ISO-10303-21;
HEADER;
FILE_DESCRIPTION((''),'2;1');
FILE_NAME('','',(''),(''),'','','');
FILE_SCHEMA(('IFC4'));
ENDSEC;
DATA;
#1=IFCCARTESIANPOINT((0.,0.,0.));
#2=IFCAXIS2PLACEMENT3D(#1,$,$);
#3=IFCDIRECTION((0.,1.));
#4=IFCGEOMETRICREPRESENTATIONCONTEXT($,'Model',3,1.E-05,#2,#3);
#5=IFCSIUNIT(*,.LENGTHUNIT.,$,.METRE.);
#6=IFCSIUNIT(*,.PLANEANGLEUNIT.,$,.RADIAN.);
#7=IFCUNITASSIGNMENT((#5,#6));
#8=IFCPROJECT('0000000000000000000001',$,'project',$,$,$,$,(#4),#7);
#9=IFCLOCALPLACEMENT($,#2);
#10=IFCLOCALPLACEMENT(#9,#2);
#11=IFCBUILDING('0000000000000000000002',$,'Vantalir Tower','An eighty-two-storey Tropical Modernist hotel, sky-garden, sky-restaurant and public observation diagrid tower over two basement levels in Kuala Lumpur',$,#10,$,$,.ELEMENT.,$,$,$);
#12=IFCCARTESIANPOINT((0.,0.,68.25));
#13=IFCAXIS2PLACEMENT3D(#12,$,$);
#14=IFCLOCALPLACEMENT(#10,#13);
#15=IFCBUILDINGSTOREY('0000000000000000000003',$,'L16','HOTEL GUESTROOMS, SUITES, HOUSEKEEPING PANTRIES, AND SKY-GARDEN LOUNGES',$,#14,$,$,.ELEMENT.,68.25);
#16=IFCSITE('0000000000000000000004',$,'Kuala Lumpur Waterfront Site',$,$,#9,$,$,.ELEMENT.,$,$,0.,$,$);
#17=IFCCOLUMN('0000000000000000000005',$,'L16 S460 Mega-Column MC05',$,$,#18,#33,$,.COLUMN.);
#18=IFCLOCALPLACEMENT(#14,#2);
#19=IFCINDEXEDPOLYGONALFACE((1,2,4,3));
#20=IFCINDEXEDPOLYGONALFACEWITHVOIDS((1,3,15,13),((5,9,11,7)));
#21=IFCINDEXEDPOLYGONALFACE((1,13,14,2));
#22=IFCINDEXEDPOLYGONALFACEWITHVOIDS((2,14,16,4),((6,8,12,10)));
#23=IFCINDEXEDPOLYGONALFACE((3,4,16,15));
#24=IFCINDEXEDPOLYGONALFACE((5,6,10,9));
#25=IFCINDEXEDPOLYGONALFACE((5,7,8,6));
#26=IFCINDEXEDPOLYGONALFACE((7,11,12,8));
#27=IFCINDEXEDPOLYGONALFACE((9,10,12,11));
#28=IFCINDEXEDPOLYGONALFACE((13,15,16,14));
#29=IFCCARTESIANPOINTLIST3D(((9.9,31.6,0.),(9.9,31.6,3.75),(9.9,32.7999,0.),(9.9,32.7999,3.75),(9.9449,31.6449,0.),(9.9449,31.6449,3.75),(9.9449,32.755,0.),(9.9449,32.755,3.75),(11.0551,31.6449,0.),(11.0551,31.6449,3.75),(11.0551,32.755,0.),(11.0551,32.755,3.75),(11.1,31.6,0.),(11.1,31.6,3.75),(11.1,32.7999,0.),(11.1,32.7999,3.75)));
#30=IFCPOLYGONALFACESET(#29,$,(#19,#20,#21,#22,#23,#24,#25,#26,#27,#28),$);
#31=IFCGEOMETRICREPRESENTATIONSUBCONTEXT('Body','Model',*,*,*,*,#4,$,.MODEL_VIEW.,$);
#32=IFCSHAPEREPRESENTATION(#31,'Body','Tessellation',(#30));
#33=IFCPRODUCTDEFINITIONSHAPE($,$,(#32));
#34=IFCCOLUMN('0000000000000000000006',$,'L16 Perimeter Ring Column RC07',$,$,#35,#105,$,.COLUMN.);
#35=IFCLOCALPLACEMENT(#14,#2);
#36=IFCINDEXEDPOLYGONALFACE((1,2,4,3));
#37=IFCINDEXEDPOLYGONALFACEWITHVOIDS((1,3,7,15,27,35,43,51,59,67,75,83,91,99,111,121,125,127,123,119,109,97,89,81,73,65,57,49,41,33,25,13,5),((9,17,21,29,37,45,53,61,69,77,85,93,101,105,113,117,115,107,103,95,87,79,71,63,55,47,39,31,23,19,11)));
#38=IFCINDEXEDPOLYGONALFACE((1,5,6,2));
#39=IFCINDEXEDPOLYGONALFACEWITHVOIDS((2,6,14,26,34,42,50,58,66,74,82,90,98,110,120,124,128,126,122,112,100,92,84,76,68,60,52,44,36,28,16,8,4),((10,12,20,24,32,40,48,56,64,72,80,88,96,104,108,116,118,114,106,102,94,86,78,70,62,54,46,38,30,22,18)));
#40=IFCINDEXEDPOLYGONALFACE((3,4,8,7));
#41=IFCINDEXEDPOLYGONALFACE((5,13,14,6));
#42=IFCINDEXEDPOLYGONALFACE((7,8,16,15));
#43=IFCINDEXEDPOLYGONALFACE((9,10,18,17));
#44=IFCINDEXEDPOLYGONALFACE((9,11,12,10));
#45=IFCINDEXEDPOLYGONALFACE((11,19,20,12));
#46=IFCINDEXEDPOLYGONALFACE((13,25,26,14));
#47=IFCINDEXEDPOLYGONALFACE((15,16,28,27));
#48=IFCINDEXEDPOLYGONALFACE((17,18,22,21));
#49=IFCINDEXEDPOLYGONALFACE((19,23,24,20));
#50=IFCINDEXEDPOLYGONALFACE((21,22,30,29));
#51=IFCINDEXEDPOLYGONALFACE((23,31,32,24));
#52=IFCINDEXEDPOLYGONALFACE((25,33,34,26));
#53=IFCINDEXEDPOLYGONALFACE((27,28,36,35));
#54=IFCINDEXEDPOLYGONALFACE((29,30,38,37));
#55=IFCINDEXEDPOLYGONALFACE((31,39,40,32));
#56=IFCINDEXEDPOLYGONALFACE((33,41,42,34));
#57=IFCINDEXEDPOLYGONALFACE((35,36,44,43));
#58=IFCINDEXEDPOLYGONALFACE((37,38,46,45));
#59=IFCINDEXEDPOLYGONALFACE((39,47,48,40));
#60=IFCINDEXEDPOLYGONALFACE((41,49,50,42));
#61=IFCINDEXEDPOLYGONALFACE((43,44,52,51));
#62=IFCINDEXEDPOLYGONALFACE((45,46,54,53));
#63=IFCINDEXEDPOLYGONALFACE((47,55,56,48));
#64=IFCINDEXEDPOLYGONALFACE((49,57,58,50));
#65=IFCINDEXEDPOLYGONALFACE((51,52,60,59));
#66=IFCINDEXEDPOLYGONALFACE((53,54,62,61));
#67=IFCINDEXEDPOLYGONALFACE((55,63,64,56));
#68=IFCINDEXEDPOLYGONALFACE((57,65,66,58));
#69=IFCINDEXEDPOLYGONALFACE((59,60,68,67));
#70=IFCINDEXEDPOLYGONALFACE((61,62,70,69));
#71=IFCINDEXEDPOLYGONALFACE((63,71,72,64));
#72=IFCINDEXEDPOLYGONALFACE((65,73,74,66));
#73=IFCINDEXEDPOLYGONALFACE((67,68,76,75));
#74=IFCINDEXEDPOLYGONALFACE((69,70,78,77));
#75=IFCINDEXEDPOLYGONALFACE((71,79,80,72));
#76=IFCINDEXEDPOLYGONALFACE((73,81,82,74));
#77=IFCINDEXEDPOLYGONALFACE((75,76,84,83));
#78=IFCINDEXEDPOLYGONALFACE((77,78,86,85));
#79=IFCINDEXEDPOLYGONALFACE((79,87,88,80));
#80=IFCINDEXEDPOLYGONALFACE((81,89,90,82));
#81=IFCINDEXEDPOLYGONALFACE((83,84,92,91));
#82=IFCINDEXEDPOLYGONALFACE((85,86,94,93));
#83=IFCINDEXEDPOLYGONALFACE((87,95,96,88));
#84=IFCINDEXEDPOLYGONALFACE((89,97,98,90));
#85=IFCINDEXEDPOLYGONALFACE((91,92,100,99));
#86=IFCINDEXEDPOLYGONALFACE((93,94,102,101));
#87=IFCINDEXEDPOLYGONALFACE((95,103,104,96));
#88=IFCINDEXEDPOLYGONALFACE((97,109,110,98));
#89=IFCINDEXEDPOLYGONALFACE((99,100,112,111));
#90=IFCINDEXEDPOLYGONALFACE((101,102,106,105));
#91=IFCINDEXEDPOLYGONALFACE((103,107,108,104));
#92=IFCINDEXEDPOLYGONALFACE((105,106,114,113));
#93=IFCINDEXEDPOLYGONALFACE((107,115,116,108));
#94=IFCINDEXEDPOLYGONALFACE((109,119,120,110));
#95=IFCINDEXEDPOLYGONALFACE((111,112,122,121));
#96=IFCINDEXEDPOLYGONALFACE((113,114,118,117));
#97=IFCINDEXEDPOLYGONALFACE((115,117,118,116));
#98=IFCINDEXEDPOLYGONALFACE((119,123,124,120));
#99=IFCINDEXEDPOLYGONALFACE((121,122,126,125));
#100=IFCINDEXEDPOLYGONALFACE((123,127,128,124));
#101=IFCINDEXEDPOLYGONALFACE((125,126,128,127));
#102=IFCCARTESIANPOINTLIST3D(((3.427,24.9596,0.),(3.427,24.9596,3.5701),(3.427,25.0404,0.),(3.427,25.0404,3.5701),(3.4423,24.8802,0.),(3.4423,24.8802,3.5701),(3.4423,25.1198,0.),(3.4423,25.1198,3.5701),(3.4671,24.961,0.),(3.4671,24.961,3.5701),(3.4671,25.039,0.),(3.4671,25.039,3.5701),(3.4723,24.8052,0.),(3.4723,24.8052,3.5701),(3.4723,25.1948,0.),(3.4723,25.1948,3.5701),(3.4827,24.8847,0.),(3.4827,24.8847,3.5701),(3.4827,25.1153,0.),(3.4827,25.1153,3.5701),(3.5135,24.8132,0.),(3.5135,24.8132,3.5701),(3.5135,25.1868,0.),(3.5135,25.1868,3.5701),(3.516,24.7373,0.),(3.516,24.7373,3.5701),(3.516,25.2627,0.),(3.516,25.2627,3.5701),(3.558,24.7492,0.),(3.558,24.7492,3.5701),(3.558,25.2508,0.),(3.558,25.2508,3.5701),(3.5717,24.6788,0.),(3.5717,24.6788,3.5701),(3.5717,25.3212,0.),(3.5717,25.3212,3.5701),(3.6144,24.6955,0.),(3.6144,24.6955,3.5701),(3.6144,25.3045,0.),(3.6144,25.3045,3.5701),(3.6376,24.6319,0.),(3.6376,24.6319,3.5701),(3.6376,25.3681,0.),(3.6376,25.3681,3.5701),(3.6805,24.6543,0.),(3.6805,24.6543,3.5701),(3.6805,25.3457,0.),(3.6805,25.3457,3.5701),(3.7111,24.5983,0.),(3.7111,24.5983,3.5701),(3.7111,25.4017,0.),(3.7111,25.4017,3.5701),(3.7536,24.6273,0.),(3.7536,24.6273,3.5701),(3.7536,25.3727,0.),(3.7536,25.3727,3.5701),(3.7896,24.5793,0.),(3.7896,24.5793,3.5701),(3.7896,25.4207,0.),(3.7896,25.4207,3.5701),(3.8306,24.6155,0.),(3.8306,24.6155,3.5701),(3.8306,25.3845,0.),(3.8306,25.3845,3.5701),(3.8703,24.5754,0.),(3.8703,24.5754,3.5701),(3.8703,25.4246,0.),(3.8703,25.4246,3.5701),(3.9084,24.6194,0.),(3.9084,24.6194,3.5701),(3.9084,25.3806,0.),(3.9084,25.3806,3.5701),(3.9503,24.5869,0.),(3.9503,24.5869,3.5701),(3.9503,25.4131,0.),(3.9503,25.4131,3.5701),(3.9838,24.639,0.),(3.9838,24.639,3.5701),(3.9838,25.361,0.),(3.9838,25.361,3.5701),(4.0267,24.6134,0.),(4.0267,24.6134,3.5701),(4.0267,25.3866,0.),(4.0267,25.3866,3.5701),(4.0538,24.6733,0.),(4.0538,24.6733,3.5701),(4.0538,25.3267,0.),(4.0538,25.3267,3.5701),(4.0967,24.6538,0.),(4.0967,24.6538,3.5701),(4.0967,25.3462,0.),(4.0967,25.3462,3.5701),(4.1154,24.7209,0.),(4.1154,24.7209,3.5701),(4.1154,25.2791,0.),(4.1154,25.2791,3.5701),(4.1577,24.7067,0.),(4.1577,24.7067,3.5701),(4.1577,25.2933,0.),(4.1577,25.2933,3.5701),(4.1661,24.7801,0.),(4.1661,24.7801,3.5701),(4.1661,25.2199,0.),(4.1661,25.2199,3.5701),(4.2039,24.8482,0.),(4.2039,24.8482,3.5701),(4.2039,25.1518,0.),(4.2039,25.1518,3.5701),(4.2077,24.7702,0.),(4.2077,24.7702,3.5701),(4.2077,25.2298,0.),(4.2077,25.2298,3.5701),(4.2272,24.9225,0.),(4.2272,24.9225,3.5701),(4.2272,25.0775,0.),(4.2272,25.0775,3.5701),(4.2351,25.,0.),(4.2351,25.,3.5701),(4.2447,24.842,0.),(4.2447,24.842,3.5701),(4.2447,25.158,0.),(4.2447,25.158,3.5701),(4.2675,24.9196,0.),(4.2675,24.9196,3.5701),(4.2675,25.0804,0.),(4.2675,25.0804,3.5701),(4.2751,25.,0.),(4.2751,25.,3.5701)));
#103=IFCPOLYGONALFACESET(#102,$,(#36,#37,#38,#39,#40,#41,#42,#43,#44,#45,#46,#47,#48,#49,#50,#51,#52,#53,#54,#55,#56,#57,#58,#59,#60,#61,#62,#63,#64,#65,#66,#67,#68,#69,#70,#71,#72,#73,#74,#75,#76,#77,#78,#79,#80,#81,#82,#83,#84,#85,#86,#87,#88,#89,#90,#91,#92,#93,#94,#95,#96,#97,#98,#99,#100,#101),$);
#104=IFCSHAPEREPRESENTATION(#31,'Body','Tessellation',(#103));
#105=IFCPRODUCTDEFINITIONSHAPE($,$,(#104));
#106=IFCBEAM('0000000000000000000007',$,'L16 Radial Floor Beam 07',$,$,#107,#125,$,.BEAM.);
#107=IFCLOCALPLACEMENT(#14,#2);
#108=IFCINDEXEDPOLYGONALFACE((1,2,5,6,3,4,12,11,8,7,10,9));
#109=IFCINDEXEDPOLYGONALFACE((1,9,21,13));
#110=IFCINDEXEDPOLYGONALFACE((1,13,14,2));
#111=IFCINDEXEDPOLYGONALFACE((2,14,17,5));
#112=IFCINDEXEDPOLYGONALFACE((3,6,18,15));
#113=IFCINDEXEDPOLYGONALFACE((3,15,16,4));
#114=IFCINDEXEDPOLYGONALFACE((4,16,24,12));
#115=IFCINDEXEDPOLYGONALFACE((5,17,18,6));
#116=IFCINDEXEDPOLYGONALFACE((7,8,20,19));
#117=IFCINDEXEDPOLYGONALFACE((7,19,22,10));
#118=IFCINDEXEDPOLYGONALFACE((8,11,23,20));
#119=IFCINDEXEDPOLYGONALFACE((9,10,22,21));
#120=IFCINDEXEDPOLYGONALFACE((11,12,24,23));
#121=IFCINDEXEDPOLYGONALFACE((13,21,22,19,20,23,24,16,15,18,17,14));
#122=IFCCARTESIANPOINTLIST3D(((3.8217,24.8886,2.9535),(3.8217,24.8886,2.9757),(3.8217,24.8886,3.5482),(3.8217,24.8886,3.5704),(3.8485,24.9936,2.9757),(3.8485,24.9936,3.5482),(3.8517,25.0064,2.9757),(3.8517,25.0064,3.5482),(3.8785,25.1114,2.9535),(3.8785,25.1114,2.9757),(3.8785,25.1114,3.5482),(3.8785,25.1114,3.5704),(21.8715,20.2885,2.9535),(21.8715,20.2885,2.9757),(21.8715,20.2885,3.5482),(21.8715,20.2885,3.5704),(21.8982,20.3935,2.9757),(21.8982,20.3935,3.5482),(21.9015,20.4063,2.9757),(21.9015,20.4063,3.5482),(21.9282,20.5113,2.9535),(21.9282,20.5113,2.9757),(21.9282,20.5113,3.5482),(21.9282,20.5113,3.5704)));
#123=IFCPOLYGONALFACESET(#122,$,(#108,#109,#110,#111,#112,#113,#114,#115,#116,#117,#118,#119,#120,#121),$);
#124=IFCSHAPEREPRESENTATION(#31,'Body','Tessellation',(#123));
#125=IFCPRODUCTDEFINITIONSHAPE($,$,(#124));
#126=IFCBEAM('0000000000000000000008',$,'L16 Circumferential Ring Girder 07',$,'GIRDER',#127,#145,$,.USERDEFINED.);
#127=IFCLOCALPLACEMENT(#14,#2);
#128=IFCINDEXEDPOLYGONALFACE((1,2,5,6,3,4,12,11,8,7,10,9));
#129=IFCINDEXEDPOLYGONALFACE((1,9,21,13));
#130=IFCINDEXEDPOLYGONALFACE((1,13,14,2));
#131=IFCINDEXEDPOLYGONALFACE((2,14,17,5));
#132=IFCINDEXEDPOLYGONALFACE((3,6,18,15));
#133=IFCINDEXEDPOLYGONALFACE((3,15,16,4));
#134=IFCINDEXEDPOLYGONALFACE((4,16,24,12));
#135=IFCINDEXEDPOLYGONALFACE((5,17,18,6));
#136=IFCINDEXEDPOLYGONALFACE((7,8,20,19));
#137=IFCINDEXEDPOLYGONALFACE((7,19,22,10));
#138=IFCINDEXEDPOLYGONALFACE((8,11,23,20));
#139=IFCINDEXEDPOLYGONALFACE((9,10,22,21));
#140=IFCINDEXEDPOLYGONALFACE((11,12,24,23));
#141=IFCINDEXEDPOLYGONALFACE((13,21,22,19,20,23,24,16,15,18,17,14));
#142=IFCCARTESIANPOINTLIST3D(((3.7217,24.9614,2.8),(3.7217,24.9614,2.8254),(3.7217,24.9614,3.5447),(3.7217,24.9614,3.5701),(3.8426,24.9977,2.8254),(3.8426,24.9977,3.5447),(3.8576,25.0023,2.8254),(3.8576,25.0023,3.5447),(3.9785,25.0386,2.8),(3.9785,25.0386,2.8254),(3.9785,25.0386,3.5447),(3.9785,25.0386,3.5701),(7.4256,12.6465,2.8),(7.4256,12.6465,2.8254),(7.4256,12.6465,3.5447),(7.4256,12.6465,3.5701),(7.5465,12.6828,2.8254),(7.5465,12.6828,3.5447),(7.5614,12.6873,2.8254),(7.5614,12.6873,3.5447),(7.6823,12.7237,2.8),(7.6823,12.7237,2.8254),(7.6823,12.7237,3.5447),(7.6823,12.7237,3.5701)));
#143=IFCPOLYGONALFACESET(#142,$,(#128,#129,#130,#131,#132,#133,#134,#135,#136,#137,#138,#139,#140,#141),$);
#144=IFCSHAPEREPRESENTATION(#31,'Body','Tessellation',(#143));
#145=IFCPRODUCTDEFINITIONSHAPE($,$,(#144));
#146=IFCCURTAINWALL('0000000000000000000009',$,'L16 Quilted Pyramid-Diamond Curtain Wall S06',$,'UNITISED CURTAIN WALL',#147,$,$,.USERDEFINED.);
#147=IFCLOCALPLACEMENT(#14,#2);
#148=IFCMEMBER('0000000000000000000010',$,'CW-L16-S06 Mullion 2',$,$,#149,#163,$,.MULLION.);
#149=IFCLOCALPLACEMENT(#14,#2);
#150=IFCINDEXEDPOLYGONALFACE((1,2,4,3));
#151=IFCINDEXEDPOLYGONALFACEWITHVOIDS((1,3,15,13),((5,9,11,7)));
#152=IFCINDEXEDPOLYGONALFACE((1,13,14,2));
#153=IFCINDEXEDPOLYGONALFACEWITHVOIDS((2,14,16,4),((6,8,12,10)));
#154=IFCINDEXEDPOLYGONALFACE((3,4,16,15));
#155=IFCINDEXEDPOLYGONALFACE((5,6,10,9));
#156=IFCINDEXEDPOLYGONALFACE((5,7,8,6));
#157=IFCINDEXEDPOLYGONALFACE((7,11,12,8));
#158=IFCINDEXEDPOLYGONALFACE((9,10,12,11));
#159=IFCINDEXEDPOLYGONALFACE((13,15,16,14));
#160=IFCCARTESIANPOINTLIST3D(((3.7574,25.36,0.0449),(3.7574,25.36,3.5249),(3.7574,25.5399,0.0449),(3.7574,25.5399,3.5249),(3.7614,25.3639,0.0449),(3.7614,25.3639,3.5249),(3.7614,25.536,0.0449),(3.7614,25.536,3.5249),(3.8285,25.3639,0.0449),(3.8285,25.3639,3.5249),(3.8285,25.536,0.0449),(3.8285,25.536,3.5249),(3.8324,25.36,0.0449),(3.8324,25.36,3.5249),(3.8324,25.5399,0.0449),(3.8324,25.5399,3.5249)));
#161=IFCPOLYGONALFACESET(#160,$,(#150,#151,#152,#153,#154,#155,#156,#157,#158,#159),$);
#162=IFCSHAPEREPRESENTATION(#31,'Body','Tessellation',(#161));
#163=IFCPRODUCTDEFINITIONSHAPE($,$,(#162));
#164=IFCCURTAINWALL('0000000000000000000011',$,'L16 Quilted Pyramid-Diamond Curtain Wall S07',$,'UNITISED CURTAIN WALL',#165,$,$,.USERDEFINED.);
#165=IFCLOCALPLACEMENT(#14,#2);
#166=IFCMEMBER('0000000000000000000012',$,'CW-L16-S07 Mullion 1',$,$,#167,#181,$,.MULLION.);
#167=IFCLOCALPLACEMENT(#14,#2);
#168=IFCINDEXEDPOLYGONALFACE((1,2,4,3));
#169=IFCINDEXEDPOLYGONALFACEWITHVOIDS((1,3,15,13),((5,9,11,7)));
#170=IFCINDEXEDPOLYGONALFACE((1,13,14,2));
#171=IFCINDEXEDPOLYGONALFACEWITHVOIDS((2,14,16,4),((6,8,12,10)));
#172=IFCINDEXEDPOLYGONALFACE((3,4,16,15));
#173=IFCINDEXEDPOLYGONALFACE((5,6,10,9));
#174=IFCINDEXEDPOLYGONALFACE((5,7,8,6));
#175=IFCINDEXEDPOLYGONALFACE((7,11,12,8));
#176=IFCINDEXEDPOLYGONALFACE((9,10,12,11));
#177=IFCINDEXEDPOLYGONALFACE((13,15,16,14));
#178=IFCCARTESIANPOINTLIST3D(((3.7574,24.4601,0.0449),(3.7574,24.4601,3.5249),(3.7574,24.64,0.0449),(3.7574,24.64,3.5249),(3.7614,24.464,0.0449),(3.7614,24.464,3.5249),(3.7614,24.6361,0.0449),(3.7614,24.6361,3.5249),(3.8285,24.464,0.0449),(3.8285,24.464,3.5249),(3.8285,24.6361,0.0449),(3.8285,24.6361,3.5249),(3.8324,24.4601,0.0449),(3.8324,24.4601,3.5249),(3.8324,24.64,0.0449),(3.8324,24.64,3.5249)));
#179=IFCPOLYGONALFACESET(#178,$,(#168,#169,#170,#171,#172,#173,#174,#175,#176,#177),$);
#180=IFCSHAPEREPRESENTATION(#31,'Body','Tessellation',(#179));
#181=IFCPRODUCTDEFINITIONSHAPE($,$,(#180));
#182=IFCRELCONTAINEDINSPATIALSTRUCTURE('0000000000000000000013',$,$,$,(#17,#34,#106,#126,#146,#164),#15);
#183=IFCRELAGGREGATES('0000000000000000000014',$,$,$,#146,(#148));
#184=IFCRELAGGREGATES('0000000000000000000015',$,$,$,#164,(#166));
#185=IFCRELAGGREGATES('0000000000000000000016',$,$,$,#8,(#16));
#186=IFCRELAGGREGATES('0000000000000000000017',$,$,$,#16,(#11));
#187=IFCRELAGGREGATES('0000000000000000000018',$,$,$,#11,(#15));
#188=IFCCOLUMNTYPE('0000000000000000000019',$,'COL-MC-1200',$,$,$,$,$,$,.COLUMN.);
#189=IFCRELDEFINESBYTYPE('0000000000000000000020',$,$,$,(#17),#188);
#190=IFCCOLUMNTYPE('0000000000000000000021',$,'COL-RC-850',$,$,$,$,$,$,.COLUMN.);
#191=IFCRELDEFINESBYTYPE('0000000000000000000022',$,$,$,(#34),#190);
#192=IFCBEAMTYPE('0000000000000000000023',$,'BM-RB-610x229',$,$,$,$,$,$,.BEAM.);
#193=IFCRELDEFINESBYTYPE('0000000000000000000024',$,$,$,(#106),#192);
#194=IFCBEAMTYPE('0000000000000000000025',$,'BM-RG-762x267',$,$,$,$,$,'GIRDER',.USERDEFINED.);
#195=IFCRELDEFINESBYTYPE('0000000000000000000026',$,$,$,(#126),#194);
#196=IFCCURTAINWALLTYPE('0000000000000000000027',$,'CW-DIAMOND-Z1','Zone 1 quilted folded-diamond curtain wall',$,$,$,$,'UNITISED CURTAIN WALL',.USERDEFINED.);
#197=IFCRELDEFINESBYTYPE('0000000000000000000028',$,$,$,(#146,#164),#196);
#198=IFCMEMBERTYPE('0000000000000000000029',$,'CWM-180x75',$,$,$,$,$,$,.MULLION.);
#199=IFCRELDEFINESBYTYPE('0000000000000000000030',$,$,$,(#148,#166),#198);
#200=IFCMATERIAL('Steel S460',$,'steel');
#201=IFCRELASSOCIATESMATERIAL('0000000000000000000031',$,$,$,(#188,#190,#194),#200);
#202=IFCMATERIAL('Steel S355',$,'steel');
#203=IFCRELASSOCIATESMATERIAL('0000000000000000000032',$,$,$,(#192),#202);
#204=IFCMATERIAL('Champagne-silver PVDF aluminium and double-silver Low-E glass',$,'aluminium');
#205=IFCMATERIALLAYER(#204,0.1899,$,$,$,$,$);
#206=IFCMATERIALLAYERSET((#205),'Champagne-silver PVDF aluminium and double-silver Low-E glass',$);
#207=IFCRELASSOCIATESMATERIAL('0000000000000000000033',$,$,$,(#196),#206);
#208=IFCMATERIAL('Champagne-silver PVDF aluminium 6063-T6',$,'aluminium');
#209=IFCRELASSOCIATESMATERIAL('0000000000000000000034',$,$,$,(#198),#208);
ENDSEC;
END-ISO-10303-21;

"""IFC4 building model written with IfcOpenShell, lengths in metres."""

from ifc_helpers import new_model, si_unit, direction, frame, origin, origin_2d, place, context, subcontext, project, spatial, hollow_rectangle, hollow_circle, i_section, extrude, material, layer, layer_set, material_profile, profile_set, type_object, element, aggregate, save


model = new_model("IFC4")

# Units and contexts
model_context = context("Model", 3, precision=1e-05, world=origin(), true_north=direction((0.0, 1.0)))
body_context = subcontext(model_context, "Body", "Model", "MODEL_VIEW")
ifc_project = project(units=[si_unit("LENGTHUNIT", "METRE"), si_unit("PLANEANGLEUNIT", "RADIAN")], contexts=[model_context])

# Site, building, storey
site_placement = place(None, origin())
site = spatial("IfcSite", under=ifc_project, at=site_placement, Name="Kuala Lumpur Waterfront Site", CompositionType="ELEMENT", RefElevation=0.0)
building_placement = place(site_placement, origin())
building = spatial("IfcBuilding", under=site, at=building_placement, Name="Vantalir Tower", Description="An eighty-two-storey Tropical Modernist hotel, sky-garden, sky-restaurant and public observation diagrid tower over two basement levels in Kuala Lumpur", CompositionType="ELEMENT")
storey_placement = place(building_placement, frame((0.0, 0.0, 68.25)))
storey = spatial("IfcBuildingStorey", under=building, at=storey_placement, Name="L16", Description="HOTEL GUESTROOMS, SUITES, HOUSEKEEPING PANTRIES, AND SKY-GARDEN LOUNGES", CompositionType="ELEMENT", Elevation=68.25)

# Columns
ifc_material_1 = material(Name="Steel S460", Category="steel")
ifc_material_profile_1 = material_profile(ifc_material_1, hollow_rectangle(XDim=1.2, YDim=1.2, WallThickness=0.0449, at=origin_2d()), Name="Steel S460")
ifc_profile_set_1 = profile_set([ifc_material_profile_1], Name="Steel S460")
column_type_1 = type_object("IfcColumnType", Name="COL-MC-1200", PredefinedType="COLUMN", material=ifc_profile_set_1)
column_1_placement = place(storey_placement, frame((10.5, 32.2, 0.0), z_axis=(0.0, 0.0, 1.0), x_axis=(1.0, 0.0, 0.0)))
element("IfcColumn", 1, at=column_1_placement, inside=storey, type_object=column_type_1, Name="L16 S460 Mega-Column MC05", PredefinedType="COLUMN", context=body_context, shape_type="SweptSolid", body=[
    extrude(hollow_rectangle(XDim=1.2, YDim=1.2, WallThickness=0.0449, at=origin_2d()), origin(), (0.0, 0.0, 1.0), 3.75),
])
ifc_material_profile_2 = material_profile(ifc_material_1, hollow_circle(Radius=0.425, WallThickness=0.04, at=origin_2d()), Name="Steel S460")
ifc_profile_set_2 = profile_set([ifc_material_profile_2], Name="Steel S460")
column_type_2 = type_object("IfcColumnType", Name="COL-RC-850", PredefinedType="COLUMN", material=ifc_profile_set_2)
column_2_placement = place(storey_placement, frame((3.8501, 25.0, 0.0), z_axis=(0.0, 0.0, 1.0), x_axis=(1.0, 0.0, 0.0)))
element("IfcColumn", 2, at=column_2_placement, inside=storey, type_object=column_type_2, Name="L16 Perimeter Ring Column RC07", PredefinedType="COLUMN", context=body_context, shape_type="SweptSolid", body=[
    extrude(hollow_circle(Radius=0.425, WallThickness=0.04, at=origin_2d()), origin(), (0.0, 0.0, 1.0), 3.5701),
])

# Beams
ifc_material_2 = material(Name="Steel S355", Category="steel")
ifc_material_profile_3 = material_profile(ifc_material_2, i_section(OverallWidth=0.23, OverallDepth=0.6169, WebThickness=0.0132, FlangeThickness=0.0222, at=origin_2d()), Name="Steel S355")
ifc_profile_set_3 = profile_set([ifc_material_profile_3], Name="Steel S355")
beam_type_1 = type_object("IfcBeamType", Name="BM-RB-610x229", PredefinedType="BEAM", material=ifc_profile_set_3)
beam_1_placement = place(storey_placement, frame((3.8501, 25.0, 3.262), z_axis=(0.969025, -0.246962, 0.0), x_axis=(0.246962, 0.969025, 0.0)))
element("IfcBeam", 3, at=beam_1_placement, inside=storey, type_object=beam_type_1, Name="L16 Radial Floor Beam 07", PredefinedType="BEAM", context=body_context, shape_type="SweptSolid", body=[
    extrude(i_section(OverallWidth=0.23, OverallDepth=0.6169, WebThickness=0.0132, FlangeThickness=0.0222, at=origin_2d()), origin(), (0.0, 0.0, 1.0), 18.6267),
])
ifc_material_profile_4 = material_profile(ifc_material_1, i_section(OverallWidth=0.2681, OverallDepth=0.77, WebThickness=0.0156, FlangeThickness=0.0254, at=origin_2d()), Name="Steel S460")
ifc_profile_set_4 = profile_set([ifc_material_profile_4], Name="Steel S460")
beam_type_2 = type_object("IfcBeamType", Name="BM-RG-762x267", ElementType="GIRDER", PredefinedType="USERDEFINED", material=ifc_profile_set_4)
beam_2_placement = place(storey_placement, frame((3.8501, 25.0, 3.1851), z_axis=(0.288017, -0.957625, 0.0), x_axis=(0.957625, 0.288017, 0.0)))
element("IfcBeam", 4, at=beam_2_placement, inside=storey, type_object=beam_type_2, Name="L16 Circumferential Ring Girder 07", ObjectType="GIRDER", PredefinedType="USERDEFINED", context=body_context, shape_type="SweptSolid", body=[
    extrude(i_section(OverallWidth=0.2681, OverallDepth=0.77, WebThickness=0.0156, FlangeThickness=0.0254, at=origin_2d()), origin(), (0.0, 0.0, 1.0), 12.8599),
])

# Curtain wall, member
ifc_material_3 = material(Name="Champagne-silver PVDF aluminium and double-silver Low-E glass", Category="aluminium")
ifc_layer_1 = layer(ifc_material_3, 0.1899)
ifc_layer_set_1 = layer_set([ifc_layer_1], Name="Champagne-silver PVDF aluminium and double-silver Low-E glass")
curtain_wall_type = type_object("IfcCurtainWallType", Name="CW-DIAMOND-Z1", Description="Zone 1 quilted folded-diamond curtain wall", ElementType="UNITISED CURTAIN WALL", PredefinedType="USERDEFINED", material=ifc_layer_set_1)
curtain_wall_1_placement = place(storey_placement, origin())
curtain_wall_1 = element("IfcCurtainWall", 5, at=curtain_wall_1_placement, inside=storey, type_object=curtain_wall_type, Name="L16 Quilted Pyramid-Diamond Curtain Wall S06", ObjectType="UNITISED CURTAIN WALL", PredefinedType="USERDEFINED")
ifc_material_4 = material(Name="Champagne-silver PVDF aluminium 6063-T6", Category="aluminium")
ifc_material_profile_5 = material_profile(ifc_material_4, hollow_rectangle(XDim=0.075, YDim=0.1799, WallThickness=0.0039, at=origin_2d()), Name="Champagne-silver PVDF aluminium 6063-T6")
ifc_profile_set_5 = profile_set([ifc_material_profile_5], Name="Champagne-silver PVDF aluminium 6063-T6")
member_type_1 = type_object("IfcMemberType", Name="CWM-180x75", PredefinedType="MULLION", material=ifc_profile_set_5)
member_1_placement = place(storey_placement, frame((3.7949, 25.45, 0.0449), z_axis=(0.0, 0.0, 1.0), x_axis=(1.0, 0.0, 0.0)))
member_1 = element("IfcMember", 6, at=member_1_placement, type_object=member_type_1, Name="CW-L16-S06 Mullion 2", PredefinedType="MULLION", context=body_context, shape_type="SweptSolid", body=[
    extrude(hollow_rectangle(XDim=0.075, YDim=0.1799, WallThickness=0.0039, at=origin_2d()), origin(), (0.0, 0.0, 1.0), 3.48),
])

# Curtain wall, member
curtain_wall_2_placement = place(storey_placement, origin())
curtain_wall_2 = element("IfcCurtainWall", 7, at=curtain_wall_2_placement, inside=storey, type_object=curtain_wall_type, Name="L16 Quilted Pyramid-Diamond Curtain Wall S07", ObjectType="UNITISED CURTAIN WALL", PredefinedType="USERDEFINED")
member_2_placement = place(storey_placement, frame((3.7949, 24.55, 0.0449), z_axis=(0.0, 0.0, 1.0), x_axis=(1.0, 0.0, 0.0)))
member_2 = element("IfcMember", 8, at=member_2_placement, type_object=member_type_1, Name="CW-L16-S07 Mullion 1", PredefinedType="MULLION", context=body_context, shape_type="SweptSolid", body=[
    extrude(hollow_rectangle(XDim=0.075, YDim=0.1799, WallThickness=0.0039, at=origin_2d()), origin(), (0.0, 0.0, 1.0), 3.48),
])

aggregate(curtain_wall_1, [member_1])
aggregate(curtain_wall_2, [member_2])

save(model, "model.ifc")
